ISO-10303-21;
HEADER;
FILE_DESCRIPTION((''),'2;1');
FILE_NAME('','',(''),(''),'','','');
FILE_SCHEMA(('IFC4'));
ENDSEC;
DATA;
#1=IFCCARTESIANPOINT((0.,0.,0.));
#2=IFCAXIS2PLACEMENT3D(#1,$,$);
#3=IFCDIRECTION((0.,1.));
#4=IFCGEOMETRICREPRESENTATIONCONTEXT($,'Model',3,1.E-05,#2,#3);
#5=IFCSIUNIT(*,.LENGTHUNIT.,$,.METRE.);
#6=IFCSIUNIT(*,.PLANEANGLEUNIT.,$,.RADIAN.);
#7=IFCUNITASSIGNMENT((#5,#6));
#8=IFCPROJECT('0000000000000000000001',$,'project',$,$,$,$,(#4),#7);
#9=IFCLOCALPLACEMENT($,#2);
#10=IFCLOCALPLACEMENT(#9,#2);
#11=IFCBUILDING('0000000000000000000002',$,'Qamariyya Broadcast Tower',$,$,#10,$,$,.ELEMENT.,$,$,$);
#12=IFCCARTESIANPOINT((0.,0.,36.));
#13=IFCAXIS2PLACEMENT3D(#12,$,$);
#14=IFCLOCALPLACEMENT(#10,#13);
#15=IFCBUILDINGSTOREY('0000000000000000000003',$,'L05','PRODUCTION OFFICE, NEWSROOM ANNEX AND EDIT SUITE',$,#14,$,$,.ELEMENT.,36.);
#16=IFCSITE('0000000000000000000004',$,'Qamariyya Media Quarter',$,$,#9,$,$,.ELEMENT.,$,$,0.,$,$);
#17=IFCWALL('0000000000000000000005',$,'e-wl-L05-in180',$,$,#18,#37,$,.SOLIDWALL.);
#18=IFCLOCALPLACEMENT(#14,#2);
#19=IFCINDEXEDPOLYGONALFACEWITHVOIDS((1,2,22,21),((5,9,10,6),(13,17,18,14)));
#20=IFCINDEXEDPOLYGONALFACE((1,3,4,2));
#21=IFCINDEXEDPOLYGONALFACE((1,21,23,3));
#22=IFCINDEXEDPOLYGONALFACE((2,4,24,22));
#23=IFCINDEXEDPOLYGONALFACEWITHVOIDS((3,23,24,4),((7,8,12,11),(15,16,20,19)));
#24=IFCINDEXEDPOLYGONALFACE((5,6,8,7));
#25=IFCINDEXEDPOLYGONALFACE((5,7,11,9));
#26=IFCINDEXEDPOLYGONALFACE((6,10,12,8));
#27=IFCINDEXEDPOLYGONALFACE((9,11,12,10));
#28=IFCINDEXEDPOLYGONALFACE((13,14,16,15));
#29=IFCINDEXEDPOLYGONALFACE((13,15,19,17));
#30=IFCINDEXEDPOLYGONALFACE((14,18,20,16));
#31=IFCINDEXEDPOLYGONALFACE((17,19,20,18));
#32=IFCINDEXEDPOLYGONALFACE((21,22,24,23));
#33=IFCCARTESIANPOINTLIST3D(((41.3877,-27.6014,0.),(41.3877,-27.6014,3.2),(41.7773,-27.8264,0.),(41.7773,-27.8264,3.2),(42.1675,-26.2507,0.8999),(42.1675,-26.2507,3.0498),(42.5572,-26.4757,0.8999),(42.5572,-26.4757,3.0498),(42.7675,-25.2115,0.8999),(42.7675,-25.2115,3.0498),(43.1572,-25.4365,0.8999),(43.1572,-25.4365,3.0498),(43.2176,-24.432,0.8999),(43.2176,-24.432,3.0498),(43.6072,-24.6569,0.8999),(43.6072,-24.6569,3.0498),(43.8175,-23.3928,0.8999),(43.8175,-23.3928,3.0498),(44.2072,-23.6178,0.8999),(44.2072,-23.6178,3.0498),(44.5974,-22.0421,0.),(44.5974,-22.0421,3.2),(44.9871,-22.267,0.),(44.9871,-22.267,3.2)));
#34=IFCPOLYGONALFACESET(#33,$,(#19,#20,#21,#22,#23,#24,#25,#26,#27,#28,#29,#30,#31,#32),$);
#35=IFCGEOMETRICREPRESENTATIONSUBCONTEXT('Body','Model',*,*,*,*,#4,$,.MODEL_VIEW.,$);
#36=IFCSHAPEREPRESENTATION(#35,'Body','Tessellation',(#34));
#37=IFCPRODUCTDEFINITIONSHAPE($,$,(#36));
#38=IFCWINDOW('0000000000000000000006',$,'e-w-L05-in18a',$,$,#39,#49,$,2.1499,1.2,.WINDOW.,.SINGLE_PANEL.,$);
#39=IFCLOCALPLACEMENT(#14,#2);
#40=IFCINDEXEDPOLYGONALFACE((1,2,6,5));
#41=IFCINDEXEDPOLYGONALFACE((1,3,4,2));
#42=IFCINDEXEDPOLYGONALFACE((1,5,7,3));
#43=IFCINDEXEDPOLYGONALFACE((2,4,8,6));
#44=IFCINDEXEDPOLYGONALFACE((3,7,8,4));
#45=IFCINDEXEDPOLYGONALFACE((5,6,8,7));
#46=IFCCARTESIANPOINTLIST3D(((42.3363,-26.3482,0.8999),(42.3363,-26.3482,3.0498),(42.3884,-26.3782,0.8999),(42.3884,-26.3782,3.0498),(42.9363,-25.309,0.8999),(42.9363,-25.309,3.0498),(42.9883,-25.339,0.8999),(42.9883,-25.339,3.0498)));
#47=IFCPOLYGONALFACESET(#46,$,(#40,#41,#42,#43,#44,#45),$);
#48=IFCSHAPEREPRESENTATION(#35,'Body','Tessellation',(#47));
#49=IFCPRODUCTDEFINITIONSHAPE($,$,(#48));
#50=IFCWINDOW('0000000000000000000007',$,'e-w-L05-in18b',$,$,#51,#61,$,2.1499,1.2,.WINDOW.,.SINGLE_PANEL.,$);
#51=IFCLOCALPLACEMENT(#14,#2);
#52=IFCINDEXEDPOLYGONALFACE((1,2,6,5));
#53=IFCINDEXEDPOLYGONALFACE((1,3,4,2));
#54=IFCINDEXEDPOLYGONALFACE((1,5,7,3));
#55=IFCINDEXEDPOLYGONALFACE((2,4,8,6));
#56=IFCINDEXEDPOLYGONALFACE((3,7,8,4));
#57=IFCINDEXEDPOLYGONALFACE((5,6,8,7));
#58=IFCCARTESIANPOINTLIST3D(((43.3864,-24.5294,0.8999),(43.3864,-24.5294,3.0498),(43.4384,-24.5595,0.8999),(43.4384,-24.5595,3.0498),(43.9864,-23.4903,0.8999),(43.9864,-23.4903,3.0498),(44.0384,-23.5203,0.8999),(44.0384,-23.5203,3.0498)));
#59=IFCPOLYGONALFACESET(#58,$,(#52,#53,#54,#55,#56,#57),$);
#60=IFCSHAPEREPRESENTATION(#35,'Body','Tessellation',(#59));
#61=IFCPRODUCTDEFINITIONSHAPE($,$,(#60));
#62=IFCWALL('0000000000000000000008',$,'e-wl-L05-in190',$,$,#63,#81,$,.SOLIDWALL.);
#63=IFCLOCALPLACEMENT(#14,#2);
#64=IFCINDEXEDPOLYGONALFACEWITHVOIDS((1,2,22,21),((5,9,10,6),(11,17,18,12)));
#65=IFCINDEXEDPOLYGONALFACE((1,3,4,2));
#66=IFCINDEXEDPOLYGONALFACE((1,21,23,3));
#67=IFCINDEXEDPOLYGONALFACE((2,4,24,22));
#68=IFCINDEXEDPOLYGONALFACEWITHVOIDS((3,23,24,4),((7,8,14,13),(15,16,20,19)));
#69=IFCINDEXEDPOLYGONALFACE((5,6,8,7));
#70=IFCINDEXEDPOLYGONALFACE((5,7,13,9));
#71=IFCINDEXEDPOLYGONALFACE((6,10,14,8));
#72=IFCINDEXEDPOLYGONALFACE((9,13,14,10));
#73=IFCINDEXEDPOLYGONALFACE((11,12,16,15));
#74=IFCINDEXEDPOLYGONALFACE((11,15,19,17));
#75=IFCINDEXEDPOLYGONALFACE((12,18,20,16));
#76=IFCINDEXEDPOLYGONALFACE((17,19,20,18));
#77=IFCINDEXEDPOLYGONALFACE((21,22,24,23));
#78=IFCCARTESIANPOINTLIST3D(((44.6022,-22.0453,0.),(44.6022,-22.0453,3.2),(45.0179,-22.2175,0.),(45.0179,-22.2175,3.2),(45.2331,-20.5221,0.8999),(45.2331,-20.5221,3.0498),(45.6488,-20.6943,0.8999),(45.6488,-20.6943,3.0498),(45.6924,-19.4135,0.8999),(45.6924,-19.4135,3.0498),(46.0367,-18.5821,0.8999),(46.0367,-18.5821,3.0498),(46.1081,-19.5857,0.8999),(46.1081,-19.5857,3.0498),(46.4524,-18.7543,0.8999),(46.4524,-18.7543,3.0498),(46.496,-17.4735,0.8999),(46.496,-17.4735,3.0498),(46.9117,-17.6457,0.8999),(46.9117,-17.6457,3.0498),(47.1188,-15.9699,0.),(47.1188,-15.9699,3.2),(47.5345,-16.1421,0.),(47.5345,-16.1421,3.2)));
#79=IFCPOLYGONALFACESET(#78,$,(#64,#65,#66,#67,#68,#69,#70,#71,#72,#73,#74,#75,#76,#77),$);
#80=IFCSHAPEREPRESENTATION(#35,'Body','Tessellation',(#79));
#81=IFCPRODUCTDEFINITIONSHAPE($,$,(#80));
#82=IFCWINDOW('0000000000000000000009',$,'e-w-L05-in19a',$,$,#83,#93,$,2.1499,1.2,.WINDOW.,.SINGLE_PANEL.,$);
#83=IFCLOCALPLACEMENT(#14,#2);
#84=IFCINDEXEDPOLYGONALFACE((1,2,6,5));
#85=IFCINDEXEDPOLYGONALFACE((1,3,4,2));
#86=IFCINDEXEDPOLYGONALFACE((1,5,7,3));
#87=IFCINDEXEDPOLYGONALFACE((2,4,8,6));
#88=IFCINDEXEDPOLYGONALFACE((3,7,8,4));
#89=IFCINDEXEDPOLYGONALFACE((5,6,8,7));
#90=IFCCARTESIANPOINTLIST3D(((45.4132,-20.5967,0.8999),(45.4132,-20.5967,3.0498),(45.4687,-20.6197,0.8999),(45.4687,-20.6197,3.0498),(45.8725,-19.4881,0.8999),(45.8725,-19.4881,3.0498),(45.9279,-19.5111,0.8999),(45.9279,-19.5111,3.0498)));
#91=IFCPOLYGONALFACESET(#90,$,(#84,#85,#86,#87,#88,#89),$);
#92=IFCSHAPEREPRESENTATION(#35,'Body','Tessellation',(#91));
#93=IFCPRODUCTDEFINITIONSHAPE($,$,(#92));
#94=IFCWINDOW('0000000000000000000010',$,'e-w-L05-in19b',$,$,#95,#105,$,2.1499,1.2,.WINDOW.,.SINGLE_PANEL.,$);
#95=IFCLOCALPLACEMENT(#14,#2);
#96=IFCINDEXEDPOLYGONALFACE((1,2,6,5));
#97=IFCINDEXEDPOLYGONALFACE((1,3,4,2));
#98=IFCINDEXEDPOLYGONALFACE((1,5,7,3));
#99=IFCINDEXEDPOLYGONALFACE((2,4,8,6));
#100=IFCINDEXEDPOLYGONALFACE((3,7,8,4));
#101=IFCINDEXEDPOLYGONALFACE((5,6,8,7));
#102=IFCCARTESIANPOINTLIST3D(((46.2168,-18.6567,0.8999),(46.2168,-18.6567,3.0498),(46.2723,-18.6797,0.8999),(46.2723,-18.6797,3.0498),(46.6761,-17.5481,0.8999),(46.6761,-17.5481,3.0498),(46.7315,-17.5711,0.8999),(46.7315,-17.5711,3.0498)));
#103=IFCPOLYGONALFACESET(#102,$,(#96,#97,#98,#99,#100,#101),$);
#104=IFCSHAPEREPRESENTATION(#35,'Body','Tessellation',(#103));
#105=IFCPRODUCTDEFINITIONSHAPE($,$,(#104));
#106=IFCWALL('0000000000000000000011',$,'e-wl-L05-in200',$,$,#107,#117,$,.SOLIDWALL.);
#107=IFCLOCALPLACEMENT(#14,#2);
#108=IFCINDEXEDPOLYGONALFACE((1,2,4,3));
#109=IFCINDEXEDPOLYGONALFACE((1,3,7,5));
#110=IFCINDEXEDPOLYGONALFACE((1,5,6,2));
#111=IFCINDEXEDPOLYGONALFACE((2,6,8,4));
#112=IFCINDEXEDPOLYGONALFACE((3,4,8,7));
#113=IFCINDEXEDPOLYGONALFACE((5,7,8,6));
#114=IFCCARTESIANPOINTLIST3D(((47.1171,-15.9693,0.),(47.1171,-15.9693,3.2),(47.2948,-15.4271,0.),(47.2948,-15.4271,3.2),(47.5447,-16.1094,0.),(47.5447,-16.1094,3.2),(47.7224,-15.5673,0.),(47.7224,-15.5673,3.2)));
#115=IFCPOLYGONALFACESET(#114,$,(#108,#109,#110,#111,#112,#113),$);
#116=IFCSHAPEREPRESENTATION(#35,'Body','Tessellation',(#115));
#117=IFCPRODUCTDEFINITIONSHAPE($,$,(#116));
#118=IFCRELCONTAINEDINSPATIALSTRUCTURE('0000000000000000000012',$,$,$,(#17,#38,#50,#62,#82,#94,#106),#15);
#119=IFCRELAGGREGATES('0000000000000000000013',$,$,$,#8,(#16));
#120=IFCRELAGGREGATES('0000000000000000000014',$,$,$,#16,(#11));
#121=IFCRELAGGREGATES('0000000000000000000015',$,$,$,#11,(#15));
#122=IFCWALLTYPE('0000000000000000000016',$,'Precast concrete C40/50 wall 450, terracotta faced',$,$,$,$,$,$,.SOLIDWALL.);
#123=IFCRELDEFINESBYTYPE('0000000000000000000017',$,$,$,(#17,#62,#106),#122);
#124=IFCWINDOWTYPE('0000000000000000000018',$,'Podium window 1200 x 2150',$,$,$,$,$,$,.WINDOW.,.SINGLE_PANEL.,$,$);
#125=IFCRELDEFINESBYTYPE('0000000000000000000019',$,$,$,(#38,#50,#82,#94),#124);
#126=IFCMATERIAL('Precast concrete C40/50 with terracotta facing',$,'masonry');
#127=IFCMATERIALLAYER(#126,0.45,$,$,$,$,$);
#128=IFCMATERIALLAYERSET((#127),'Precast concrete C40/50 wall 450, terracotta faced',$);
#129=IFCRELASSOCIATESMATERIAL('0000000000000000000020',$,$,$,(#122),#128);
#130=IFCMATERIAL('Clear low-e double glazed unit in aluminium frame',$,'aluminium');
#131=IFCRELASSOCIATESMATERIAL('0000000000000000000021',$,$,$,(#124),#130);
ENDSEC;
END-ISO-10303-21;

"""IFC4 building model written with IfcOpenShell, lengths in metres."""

from ifc_helpers import new_model, si_unit, direction, frame, frame_2d, origin, place, context, subcontext, project, spatial, rectangle, extrude, material, layer, layer_set, type_object, element, fill, save


model = new_model("IFC4")

# Units and contexts
model_context = context("Model", 3, precision=1e-05, world=origin(), true_north=direction((0.0, 1.0)))
body_context = subcontext(model_context, "Body", "Model", "MODEL_VIEW")
ifc_project = project(units=[si_unit("LENGTHUNIT", "METRE"), si_unit("PLANEANGLEUNIT", "RADIAN")], contexts=[model_context])

# Site, building, storey
site_placement = place(None, origin())
site = spatial("IfcSite", under=ifc_project, at=site_placement, Name="Qamariyya Media Quarter", CompositionType="ELEMENT", RefElevation=0.0)
building_placement = place(site_placement, origin())
building = spatial("IfcBuilding", under=site, at=building_placement, Name="Qamariyya Broadcast Tower", CompositionType="ELEMENT")
storey_placement = place(building_placement, frame((0.0, 0.0, 36.0)))
storey = spatial("IfcBuildingStorey", under=building, at=storey_placement, Name="L05", Description="PRODUCTION OFFICE, NEWSROOM ANNEX AND EDIT SUITE", CompositionType="ELEMENT", Elevation=36.0)

# Shared definitions
ifc_material_1 = material(Name="Precast concrete C40/50 with terracotta facing", Category="masonry")
ifc_layer = layer(ifc_material_1, 0.45)
ifc_layer_set = layer_set([ifc_layer], Name="Precast concrete C40/50 wall 450, terracotta faced")
wall_type = type_object("IfcWallType", Name="Precast concrete C40/50 wall 450, terracotta faced", PredefinedType="SOLIDWALL", material=ifc_layer_set)

# Walls, openings, windows
wall_1_placement = place(storey_placement, frame((44.7922, -22.1545, 0.0), z_axis=(0.0, 0.0, 1.0), x_axis=(-0.500004, -0.866023, 0.0)))
wall_1 = element("IfcWall", 1, at=wall_1_placement, inside=storey, type_object=wall_type, Name="e-wl-L05-in180", PredefinedType="SOLIDWALL", context=body_context, shape_type="SweptSolid", body=[
    extrude(rectangle(XDim=6.4194, YDim=0.45, at=frame_2d((3.2097, 0.0))), origin(), (0.0, 0.0, 1.0), 3.2),
])
opening_1_placement = place(wall_1_placement, frame((3.6597, 0.0, 0.8999)))
opening_1 = element("IfcOpeningElement", 2, at=opening_1_placement, cuts=wall_1, PredefinedType="OPENING", context=body_context, shape_type="SweptSolid", body=[
    extrude(rectangle(XDim=1.2, YDim=2.1499, at=frame_2d((0.6001, 1.075))), frame((0.0, 0.2349, 0.0), z_axis=(0.0, -1.0, 0.0), x_axis=(1.0, 0.0, 0.0)), (0.0, 0.0, 1.0), 0.47),
])
opening_2_placement = place(wall_1_placement, frame((1.5596, 0.0, 0.8999)))
opening_2 = element("IfcOpeningElement", 3, at=opening_2_placement, cuts=wall_1, PredefinedType="OPENING", context=body_context, shape_type="SweptSolid", body=[
    extrude(rectangle(XDim=1.2, YDim=2.1499, at=frame_2d((0.6001, 1.075))), frame((0.0, 0.2349, 0.0), z_axis=(0.0, -1.0, 0.0), x_axis=(1.0, 0.0, 0.0)), (0.0, 0.0, 1.0), 0.47),
])
ifc_material_2 = material(Name="Clear low-e double glazed unit in aluminium frame", Category="aluminium")
window_type = type_object("IfcWindowType", Name="Podium window 1200 x 2150", PartitioningType="SINGLE_PANEL", PredefinedType="WINDOW", material=ifc_material_2)
window_1_placement = place(opening_1_placement, origin())
window_1 = element("IfcWindow", 4, at=window_1_placement, inside=storey, type_object=window_type, Name="e-w-L05-in18a", OverallHeight=2.1499, OverallWidth=1.2, PartitioningType="SINGLE_PANEL", PredefinedType="WINDOW", context=body_context, shape_type="SweptSolid", body=[
    extrude(rectangle(XDim=1.2, YDim=2.1499, at=frame_2d((0.6001, 1.075))), frame((0.0, 0.03, 0.0), z_axis=(0.0, -1.0, 0.0), x_axis=(1.0, 0.0, 0.0)), (0.0, 0.0, 1.0), 0.0601),
])
fill(opening_1, window_1)
window_2_placement = place(opening_2_placement, origin())
window_2 = element("IfcWindow", 5, at=window_2_placement, inside=storey, type_object=window_type, Name="e-w-L05-in18b", OverallHeight=2.1499, OverallWidth=1.2, PartitioningType="SINGLE_PANEL", PredefinedType="WINDOW", context=body_context, shape_type="SweptSolid", body=[
    extrude(rectangle(XDim=1.2, YDim=2.1499, at=frame_2d((0.6001, 1.075))), frame((0.0, 0.03, 0.0), z_axis=(0.0, -1.0, 0.0), x_axis=(1.0, 0.0, 0.0)), (0.0, 0.0, 1.0), 0.0601),
])
fill(opening_2, window_2)
wall_2_placement = place(storey_placement, frame((47.3267, -16.0559, 0.0), z_axis=(0.0, 0.0, 1.0), x_axis=(-0.382693, -0.923876, 0.0)))
wall_2 = element("IfcWall", 6, at=wall_2_placement, inside=storey, type_object=wall_type, Name="e-wl-L05-in190", PredefinedType="SOLIDWALL", context=body_context, shape_type="SweptSolid", body=[
    extrude(rectangle(XDim=6.5759, YDim=0.45, at=frame_2d((3.2881, 0.0))), origin(), (0.0, 0.0, 1.0), 3.2),
])
opening_3_placement = place(wall_2_placement, frame((3.7273, 0.0, 0.8999)))
opening_3 = element("IfcOpeningElement", 7, at=opening_3_placement, cuts=wall_2, PredefinedType="OPENING", context=body_context, shape_type="SweptSolid", body=[
    extrude(rectangle(XDim=1.2, YDim=2.1499, at=frame_2d((0.6001, 1.075))), frame((0.0, 0.2349, 0.0), z_axis=(0.0, -1.0, 0.0), x_axis=(1.0, 0.0, 0.0)), (0.0, 0.0, 1.0), 0.47),
])
opening_4_placement = place(wall_2_placement, frame((1.6274, 0.0, 0.8999)))
opening_4 = element("IfcOpeningElement", 8, at=opening_4_placement, cuts=wall_2, PredefinedType="OPENING", context=body_context, shape_type="SweptSolid", body=[
    extrude(rectangle(XDim=1.2, YDim=2.1499, at=frame_2d((0.6001, 1.075))), frame((0.0, 0.2349, 0.0), z_axis=(0.0, -1.0, 0.0), x_axis=(1.0, 0.0, 0.0)), (0.0, 0.0, 1.0), 0.47),
])
window_3_placement = place(opening_3_placement, origin())
window_3 = element("IfcWindow", 9, at=window_3_placement, inside=storey, type_object=window_type, Name="e-w-L05-in19a", OverallHeight=2.1499, OverallWidth=1.2, PartitioningType="SINGLE_PANEL", PredefinedType="WINDOW", context=body_context, shape_type="SweptSolid", body=[
    extrude(rectangle(XDim=1.2, YDim=2.1499, at=frame_2d((0.6001, 1.075))), frame((0.0, 0.03, 0.0), z_axis=(0.0, -1.0, 0.0), x_axis=(1.0, 0.0, 0.0)), (0.0, 0.0, 1.0), 0.0601),
])
fill(opening_3, window_3)
window_4_placement = place(opening_4_placement, origin())
window_4 = element("IfcWindow", 10, at=window_4_placement, inside=storey, type_object=window_type, Name="e-w-L05-in19b", OverallHeight=2.1499, OverallWidth=1.2, PartitioningType="SINGLE_PANEL", PredefinedType="WINDOW", context=body_context, shape_type="SweptSolid", body=[
    extrude(rectangle(XDim=1.2, YDim=2.1499, at=frame_2d((0.6001, 1.075))), frame((0.0, 0.03, 0.0), z_axis=(0.0, -1.0, 0.0), x_axis=(1.0, 0.0, 0.0)), (0.0, 0.0, 1.0), 0.0601),
])
fill(opening_4, window_4)

# Wall
wall_3_placement = place(storey_placement, frame((47.5085, -15.4973, 0.0), z_axis=(0.0, 0.0, 1.0), x_axis=(-0.311475, -0.950254, 0.0)))
element("IfcWall", 11, at=wall_3_placement, inside=storey, type_object=wall_type, Name="e-wl-L05-in200", PredefinedType="SOLIDWALL", context=body_context, shape_type="SweptSolid", body=[
    extrude(rectangle(XDim=0.5706, YDim=0.45, at=frame_2d((0.2852, 0.0))), origin(), (0.0, 0.0, 1.0), 3.2),
])

save(model, "model.ifc")
